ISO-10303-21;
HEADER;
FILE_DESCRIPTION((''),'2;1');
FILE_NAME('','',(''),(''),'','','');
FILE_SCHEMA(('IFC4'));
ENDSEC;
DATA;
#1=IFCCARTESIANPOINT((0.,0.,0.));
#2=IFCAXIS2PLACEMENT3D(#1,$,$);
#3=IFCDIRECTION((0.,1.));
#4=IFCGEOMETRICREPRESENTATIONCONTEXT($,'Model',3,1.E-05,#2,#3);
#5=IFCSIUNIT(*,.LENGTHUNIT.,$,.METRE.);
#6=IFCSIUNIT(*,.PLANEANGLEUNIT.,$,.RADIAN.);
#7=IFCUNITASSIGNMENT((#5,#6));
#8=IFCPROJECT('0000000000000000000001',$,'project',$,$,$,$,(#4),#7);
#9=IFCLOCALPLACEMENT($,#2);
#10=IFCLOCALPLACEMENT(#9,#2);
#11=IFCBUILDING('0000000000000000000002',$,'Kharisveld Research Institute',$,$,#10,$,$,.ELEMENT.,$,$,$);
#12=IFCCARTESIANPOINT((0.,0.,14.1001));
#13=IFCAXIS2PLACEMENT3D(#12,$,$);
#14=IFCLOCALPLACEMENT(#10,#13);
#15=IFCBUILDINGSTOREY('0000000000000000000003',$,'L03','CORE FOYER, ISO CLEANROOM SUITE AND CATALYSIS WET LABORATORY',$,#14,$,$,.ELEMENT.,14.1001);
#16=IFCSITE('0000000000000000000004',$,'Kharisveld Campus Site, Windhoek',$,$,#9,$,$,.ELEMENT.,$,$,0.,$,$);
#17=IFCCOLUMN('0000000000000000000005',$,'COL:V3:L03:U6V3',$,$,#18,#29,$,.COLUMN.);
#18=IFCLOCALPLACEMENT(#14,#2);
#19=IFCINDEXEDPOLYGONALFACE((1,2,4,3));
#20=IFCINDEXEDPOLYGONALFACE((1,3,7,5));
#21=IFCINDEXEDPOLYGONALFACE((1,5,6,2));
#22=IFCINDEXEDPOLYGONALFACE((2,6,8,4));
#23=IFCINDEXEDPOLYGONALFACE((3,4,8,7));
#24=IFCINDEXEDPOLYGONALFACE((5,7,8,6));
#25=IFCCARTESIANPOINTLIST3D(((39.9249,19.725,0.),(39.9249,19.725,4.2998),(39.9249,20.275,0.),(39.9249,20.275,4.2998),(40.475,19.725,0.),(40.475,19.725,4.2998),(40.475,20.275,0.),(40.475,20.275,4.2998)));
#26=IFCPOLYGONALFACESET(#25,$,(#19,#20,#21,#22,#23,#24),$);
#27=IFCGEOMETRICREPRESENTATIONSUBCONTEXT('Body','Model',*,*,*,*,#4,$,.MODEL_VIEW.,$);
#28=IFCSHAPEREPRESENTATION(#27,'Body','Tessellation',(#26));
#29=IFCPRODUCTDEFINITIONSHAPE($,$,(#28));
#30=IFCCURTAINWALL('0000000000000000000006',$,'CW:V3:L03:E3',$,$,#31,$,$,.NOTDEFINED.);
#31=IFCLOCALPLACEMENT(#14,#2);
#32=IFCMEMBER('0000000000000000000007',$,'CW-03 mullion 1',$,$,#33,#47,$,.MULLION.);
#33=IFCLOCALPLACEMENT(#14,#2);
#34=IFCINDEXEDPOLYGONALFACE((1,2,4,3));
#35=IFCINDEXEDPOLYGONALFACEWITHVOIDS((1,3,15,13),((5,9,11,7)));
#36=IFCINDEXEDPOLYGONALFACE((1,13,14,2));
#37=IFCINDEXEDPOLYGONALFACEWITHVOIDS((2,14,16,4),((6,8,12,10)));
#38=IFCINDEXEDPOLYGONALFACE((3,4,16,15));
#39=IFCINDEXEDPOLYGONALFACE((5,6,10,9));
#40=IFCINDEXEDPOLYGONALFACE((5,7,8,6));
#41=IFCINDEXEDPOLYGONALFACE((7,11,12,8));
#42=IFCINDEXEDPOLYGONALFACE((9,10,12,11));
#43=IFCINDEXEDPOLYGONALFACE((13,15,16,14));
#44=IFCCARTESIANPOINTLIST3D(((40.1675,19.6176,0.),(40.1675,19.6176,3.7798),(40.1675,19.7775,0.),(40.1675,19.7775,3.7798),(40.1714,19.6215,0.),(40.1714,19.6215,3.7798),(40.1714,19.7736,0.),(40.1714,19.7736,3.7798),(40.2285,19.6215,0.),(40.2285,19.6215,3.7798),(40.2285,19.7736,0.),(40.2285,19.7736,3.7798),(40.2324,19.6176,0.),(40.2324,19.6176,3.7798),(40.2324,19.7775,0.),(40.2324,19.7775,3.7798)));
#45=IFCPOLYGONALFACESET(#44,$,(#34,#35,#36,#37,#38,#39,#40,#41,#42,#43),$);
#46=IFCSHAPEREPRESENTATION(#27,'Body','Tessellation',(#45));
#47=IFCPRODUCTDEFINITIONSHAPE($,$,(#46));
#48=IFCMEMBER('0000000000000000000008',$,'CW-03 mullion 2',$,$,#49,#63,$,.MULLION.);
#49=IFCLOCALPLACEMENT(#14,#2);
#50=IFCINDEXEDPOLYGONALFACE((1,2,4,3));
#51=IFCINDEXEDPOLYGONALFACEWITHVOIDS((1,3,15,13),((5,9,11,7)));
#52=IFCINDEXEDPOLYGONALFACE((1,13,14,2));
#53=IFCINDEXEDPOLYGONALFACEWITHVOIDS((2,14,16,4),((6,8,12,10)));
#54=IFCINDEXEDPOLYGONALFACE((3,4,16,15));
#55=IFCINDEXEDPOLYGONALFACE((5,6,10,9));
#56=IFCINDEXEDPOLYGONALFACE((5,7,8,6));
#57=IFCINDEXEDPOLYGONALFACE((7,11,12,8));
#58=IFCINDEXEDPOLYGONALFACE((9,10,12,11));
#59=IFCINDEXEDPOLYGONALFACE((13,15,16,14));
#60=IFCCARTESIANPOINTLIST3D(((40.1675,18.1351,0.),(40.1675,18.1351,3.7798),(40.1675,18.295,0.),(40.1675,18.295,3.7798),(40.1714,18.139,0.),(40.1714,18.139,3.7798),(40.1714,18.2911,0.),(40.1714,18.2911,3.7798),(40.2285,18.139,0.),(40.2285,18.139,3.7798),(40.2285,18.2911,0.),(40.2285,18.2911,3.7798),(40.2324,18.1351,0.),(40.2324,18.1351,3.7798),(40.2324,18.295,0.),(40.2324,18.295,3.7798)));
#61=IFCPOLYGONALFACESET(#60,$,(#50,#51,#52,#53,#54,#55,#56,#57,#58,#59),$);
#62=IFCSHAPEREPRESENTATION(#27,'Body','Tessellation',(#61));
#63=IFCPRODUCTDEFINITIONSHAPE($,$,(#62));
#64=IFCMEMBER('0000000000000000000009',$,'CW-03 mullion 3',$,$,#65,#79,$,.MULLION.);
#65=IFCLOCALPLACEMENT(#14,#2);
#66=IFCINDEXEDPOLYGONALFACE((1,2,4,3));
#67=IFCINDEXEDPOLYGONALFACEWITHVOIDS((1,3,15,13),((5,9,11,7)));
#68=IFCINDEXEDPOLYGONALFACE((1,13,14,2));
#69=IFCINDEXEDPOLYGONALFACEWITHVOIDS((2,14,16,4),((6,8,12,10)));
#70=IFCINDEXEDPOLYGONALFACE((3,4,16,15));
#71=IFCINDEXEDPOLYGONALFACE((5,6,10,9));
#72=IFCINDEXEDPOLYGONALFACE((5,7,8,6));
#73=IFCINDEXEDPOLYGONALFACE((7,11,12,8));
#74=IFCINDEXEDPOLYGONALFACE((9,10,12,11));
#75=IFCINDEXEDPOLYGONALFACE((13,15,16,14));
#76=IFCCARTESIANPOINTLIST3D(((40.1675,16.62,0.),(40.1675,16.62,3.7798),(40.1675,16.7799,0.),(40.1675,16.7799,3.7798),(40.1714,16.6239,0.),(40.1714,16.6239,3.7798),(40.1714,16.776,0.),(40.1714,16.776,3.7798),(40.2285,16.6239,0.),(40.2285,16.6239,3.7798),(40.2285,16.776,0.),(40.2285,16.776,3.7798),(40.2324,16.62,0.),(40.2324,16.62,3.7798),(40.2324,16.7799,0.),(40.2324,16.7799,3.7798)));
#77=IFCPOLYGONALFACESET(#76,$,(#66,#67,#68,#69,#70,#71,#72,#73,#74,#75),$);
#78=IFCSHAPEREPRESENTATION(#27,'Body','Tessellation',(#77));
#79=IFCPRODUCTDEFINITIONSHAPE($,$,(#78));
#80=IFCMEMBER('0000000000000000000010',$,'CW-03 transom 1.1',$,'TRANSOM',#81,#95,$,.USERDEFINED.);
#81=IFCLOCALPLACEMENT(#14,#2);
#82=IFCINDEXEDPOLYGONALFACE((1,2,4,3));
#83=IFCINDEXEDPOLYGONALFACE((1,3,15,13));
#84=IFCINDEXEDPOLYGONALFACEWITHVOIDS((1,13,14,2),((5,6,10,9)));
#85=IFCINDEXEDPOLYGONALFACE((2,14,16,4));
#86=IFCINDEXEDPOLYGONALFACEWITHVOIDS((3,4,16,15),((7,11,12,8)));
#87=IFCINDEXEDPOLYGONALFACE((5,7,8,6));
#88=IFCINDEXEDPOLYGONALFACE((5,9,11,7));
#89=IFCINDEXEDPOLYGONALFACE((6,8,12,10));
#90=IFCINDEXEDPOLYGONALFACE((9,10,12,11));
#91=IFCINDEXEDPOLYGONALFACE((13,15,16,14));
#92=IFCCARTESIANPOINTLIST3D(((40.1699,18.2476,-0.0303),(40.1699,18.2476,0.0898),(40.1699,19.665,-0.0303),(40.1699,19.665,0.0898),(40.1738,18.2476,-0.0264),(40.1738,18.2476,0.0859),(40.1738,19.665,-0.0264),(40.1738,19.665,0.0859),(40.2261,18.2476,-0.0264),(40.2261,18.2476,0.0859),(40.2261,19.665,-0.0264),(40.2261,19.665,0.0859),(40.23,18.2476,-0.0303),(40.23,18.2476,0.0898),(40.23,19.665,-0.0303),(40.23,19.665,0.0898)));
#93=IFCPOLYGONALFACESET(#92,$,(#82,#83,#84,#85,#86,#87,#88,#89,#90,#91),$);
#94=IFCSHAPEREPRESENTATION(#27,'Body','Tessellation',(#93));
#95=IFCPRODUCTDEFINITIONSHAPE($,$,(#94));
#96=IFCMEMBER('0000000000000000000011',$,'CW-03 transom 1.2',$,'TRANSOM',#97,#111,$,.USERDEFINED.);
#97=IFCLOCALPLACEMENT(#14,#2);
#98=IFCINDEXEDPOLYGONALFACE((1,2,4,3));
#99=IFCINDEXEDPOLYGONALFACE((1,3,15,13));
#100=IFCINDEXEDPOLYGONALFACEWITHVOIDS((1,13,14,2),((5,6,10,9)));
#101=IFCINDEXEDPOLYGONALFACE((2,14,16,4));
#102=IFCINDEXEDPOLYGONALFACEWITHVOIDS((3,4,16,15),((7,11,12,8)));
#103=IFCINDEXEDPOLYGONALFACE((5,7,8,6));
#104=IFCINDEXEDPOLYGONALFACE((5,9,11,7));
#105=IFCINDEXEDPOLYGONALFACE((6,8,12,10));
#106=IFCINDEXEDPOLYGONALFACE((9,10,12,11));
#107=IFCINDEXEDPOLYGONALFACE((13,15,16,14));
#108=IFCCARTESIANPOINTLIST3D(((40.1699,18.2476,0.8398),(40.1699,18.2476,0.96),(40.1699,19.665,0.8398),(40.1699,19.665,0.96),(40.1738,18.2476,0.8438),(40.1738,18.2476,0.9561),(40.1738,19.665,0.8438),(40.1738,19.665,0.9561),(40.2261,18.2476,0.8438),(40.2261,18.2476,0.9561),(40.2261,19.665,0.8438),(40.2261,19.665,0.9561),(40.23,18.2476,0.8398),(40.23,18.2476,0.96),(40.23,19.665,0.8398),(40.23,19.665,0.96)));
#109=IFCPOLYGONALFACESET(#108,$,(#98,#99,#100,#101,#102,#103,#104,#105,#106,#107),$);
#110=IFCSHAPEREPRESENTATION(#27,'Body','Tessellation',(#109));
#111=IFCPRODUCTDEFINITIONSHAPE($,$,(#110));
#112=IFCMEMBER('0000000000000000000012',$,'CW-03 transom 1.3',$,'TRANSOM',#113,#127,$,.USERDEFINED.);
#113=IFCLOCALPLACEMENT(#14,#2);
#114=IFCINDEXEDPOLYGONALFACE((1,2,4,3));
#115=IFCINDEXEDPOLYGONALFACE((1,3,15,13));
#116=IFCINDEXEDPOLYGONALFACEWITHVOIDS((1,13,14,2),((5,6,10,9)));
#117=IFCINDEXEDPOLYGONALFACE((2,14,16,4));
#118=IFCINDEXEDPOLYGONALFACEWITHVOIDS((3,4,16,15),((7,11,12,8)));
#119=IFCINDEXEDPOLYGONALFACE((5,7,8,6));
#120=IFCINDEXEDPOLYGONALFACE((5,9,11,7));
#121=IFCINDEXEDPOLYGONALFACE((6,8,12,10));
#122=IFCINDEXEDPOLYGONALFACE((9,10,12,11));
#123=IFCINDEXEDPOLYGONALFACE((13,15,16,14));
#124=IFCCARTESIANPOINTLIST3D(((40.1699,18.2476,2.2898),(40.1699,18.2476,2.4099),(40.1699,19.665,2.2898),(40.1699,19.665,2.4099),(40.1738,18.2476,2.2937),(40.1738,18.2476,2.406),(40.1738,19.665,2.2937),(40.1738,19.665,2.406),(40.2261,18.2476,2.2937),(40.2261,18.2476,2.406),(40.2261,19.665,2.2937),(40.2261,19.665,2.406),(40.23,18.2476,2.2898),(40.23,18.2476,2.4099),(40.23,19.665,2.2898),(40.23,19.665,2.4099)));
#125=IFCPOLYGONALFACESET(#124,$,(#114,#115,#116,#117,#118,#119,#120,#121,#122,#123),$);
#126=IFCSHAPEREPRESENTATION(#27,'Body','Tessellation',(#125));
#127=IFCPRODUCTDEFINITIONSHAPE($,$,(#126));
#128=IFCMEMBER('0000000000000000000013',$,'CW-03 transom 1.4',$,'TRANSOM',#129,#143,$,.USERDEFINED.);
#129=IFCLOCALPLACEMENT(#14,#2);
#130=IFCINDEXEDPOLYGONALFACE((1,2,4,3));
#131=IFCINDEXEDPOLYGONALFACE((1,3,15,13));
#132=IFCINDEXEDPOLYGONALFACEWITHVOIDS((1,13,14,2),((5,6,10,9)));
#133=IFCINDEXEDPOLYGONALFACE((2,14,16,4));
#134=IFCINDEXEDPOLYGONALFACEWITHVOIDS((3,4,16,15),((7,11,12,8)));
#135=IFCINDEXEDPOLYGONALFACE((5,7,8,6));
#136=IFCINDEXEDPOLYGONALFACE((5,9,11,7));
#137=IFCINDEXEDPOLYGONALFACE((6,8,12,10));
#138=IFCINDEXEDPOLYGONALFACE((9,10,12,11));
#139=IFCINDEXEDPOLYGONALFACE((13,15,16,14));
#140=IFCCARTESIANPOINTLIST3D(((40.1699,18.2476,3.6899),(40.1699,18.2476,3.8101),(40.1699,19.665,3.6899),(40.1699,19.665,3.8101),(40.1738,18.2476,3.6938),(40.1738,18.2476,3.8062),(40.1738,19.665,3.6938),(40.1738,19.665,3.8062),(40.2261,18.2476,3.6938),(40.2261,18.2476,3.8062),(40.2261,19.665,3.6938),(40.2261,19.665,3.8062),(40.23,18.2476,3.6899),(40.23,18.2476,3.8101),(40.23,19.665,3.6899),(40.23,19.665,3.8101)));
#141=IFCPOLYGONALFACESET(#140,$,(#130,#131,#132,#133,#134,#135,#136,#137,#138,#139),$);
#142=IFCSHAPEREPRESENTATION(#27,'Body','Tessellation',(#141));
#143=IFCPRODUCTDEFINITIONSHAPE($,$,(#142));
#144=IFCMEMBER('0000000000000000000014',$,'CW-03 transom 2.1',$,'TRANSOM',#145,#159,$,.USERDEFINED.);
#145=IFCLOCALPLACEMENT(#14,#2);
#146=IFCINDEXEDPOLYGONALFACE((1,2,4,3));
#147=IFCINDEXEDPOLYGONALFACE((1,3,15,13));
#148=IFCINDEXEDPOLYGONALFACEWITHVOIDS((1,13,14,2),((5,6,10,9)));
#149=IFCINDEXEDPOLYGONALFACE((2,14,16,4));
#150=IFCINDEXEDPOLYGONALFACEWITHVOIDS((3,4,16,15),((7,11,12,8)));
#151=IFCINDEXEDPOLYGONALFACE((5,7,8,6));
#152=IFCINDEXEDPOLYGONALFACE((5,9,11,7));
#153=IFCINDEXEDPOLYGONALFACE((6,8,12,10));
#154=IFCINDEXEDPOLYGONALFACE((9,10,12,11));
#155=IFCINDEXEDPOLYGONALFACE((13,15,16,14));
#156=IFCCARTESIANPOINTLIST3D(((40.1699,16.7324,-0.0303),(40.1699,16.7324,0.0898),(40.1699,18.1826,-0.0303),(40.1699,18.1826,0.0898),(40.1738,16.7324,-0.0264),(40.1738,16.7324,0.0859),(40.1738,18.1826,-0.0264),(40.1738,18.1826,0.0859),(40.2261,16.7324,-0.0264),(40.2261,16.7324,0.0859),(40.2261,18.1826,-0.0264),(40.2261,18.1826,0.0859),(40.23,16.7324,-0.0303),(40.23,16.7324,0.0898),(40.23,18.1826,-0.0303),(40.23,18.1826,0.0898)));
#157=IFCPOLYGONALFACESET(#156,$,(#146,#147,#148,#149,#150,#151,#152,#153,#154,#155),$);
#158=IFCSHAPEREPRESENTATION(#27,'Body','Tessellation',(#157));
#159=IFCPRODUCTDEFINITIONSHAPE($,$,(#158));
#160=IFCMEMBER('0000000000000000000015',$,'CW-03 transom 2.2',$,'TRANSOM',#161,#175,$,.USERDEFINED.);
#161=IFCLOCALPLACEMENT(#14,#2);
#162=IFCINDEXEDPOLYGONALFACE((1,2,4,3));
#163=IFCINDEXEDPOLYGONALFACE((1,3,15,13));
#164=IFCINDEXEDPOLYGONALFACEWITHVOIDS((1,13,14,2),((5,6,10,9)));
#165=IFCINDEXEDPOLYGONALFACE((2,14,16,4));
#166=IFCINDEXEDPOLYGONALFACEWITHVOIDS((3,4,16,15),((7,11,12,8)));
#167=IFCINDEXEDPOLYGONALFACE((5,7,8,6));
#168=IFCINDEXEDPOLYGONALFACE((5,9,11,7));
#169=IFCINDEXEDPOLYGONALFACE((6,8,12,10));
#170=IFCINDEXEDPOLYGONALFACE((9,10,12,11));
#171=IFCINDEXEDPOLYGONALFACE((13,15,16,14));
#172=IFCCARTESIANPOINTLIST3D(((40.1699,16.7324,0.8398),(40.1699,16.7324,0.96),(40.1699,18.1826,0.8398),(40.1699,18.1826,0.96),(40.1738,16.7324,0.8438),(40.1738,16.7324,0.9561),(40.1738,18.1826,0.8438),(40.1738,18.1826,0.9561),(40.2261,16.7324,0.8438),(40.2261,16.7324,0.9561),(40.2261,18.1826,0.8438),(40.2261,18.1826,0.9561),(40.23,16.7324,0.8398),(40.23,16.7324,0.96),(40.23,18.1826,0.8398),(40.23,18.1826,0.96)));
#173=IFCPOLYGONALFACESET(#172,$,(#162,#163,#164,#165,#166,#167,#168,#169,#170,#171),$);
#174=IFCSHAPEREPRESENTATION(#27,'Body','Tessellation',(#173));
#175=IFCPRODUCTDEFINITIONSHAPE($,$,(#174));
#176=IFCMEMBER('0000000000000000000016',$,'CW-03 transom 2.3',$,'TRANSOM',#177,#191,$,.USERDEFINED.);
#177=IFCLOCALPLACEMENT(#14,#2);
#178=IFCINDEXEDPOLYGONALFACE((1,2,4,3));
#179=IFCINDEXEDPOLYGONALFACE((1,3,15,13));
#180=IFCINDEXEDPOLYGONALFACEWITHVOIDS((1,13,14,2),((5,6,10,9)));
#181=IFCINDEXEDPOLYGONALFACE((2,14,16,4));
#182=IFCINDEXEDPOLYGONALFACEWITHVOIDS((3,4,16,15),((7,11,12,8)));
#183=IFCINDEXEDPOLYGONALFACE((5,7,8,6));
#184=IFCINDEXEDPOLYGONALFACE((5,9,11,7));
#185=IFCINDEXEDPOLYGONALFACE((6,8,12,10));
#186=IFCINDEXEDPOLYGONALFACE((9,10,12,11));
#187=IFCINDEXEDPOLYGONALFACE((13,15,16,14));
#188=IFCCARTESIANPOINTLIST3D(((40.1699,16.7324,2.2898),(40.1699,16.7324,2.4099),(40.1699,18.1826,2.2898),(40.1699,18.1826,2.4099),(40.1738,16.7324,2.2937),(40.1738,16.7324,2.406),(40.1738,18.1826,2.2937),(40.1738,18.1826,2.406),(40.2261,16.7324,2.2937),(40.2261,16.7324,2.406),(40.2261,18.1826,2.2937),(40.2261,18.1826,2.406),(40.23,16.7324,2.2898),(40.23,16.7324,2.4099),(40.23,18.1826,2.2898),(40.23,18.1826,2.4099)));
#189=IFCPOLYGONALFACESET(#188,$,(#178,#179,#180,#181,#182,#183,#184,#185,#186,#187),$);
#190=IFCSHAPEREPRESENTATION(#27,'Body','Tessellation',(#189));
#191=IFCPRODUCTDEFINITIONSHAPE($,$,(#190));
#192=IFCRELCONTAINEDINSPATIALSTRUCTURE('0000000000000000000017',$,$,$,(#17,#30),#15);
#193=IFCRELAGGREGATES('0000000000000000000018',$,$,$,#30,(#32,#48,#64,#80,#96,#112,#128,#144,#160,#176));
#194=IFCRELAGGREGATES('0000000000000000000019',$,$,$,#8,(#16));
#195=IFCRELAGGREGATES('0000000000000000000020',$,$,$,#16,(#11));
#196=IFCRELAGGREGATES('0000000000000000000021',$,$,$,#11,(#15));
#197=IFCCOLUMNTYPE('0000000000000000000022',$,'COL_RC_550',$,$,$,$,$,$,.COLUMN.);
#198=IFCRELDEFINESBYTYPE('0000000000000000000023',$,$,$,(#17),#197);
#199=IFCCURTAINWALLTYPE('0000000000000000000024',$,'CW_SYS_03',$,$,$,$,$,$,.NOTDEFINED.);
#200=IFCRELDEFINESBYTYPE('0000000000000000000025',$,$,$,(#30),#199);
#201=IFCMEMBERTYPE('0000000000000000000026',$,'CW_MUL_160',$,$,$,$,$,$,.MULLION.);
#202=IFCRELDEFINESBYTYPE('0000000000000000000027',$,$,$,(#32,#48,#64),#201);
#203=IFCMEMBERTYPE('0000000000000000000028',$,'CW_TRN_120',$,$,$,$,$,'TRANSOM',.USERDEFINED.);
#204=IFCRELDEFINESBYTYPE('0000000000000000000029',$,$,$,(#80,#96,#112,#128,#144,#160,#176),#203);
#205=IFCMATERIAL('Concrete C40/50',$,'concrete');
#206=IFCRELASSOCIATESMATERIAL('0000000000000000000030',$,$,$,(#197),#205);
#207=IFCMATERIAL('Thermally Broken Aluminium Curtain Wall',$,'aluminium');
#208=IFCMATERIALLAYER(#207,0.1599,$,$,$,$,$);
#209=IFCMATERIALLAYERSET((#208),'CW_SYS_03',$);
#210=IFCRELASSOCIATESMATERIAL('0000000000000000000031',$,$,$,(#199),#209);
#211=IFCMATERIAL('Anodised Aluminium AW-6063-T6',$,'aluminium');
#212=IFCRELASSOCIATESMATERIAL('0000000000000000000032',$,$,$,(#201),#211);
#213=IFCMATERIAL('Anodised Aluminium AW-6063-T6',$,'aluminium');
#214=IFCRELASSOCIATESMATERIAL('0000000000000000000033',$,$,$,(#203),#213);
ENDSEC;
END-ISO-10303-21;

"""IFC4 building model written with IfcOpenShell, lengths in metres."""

from ifc_helpers import new_model, si_unit, direction, frame, origin, origin_2d, place, context, subcontext, project, spatial, rectangle, hollow_rectangle, extrude, material, layer, layer_set, material_profile, profile_set, type_object, element, aggregate, save


model = new_model("IFC4")

# Units and contexts
model_context = context("Model", 3, precision=1e-05, world=origin(), true_north=direction((0.0, 1.0)))
body_context = subcontext(model_context, "Body", "Model", "MODEL_VIEW")
ifc_project = project(units=[si_unit("LENGTHUNIT", "METRE"), si_unit("PLANEANGLEUNIT", "RADIAN")], contexts=[model_context])

# Site, building, storey
site_placement = place(None, origin())
site = spatial("IfcSite", under=ifc_project, at=site_placement, Name="Kharisveld Campus Site, Windhoek", CompositionType="ELEMENT", RefElevation=0.0)
building_placement = place(site_placement, origin())
building = spatial("IfcBuilding", under=site, at=building_placement, Name="Kharisveld Research Institute", CompositionType="ELEMENT")
storey_placement = place(building_placement, frame((0.0, 0.0, 14.1001)))
storey = spatial("IfcBuildingStorey", under=building, at=storey_placement, Name="L03", Description="CORE FOYER, ISO CLEANROOM SUITE AND CATALYSIS WET LABORATORY", CompositionType="ELEMENT", Elevation=14.1001)

# Column
ifc_material_1 = material(Name="Concrete C40/50", Category="concrete")
ifc_material_profile_1 = material_profile(ifc_material_1, rectangle(XDim=0.55, YDim=0.55, at=origin_2d()))
ifc_profile_set_1 = profile_set([ifc_material_profile_1], Name="Concrete C40/50")
column_type = type_object("IfcColumnType", Name="COL_RC_550", PredefinedType="COLUMN", material=ifc_profile_set_1)
column_placement = place(storey_placement, frame((40.2, 20.0, 0.0), z_axis=(0.0, 0.0, 1.0), x_axis=(1.0, 0.0, 0.0)))
element("IfcColumn", 1, at=column_placement, inside=storey, type_object=column_type, Name="COL:V3:L03:U6V3", PredefinedType="COLUMN", context=body_context, shape_type="SweptSolid", body=[
    extrude(rectangle(XDim=0.55, YDim=0.55, at=origin_2d()), origin(), (0.0, 0.0, 1.0), 4.2998),
])

# Curtain wall, members
ifc_material_2 = material(Name="Thermally Broken Aluminium Curtain Wall", Category="aluminium")
ifc_layer_1 = layer(ifc_material_2, 0.1599)
ifc_layer_set_1 = layer_set([ifc_layer_1], Name="CW_SYS_03")
curtain_wall_type = type_object("IfcCurtainWallType", Name="CW_SYS_03", PredefinedType="NOTDEFINED", material=ifc_layer_set_1)
curtain_wall_placement = place(storey_placement, origin())
curtain_wall = element("IfcCurtainWall", 2, at=curtain_wall_placement, inside=storey, type_object=curtain_wall_type, Name="CW:V3:L03:E3", PredefinedType="NOTDEFINED")
ifc_material_3 = material(Name="Anodised Aluminium AW-6063-T6", Category="aluminium")
ifc_material_profile_2 = material_profile(ifc_material_3, hollow_rectangle(XDim=0.0649, YDim=0.1599, WallThickness=0.0039, at=origin_2d()))
ifc_profile_set_2 = profile_set([ifc_material_profile_2], Name="Anodised Aluminium AW-6063-T6")
member_type_1 = type_object("IfcMemberType", Name="CW_MUL_160", PredefinedType="MULLION", material=ifc_profile_set_2)
member_1_placement = place(storey_placement, frame((40.2, 19.6975, 0.0), z_axis=(0.0, 0.0, 1.0), x_axis=(1.0, 0.0, 0.0)))
member_1 = element("IfcMember", 3, at=member_1_placement, type_object=member_type_1, Name="CW-03 mullion 1", PredefinedType="MULLION", context=body_context, shape_type="SweptSolid", body=[
    extrude(hollow_rectangle(XDim=0.0649, YDim=0.1599, WallThickness=0.0039, at=origin_2d()), origin(), (0.0, 0.0, 1.0), 3.7798),
])
member_2_placement = place(storey_placement, frame((40.2, 18.2151, 0.0), z_axis=(0.0, 0.0, 1.0), x_axis=(1.0, 0.0, 0.0)))
member_2 = element("IfcMember", 4, at=member_2_placement, type_object=member_type_1, Name="CW-03 mullion 2", PredefinedType="MULLION", context=body_context, shape_type="SweptSolid", body=[
    extrude(hollow_rectangle(XDim=0.0649, YDim=0.1599, WallThickness=0.0039, at=origin_2d()), origin(), (0.0, 0.0, 1.0), 3.7798),
])
member_3_placement = place(storey_placement, frame((40.2, 16.7, 0.0), z_axis=(0.0, 0.0, 1.0), x_axis=(1.0, 0.0, 0.0)))
member_3 = element("IfcMember", 5, at=member_3_placement, type_object=member_type_1, Name="CW-03 mullion 3", PredefinedType="MULLION", context=body_context, shape_type="SweptSolid", body=[
    extrude(hollow_rectangle(XDim=0.0649, YDim=0.1599, WallThickness=0.0039, at=origin_2d()), origin(), (0.0, 0.0, 1.0), 3.7798),
])
ifc_material_4 = material(Name="Anodised Aluminium AW-6063-T6", Category="aluminium")
ifc_material_profile_3 = material_profile(ifc_material_4, hollow_rectangle(XDim=0.0601, YDim=0.1201, WallThickness=0.0039, at=origin_2d()))
ifc_profile_set_3 = profile_set([ifc_material_profile_3], Name="Anodised Aluminium AW-6063-T6")
member_type_2 = type_object("IfcMemberType", Name="CW_TRN_120", ElementType="TRANSOM", PredefinedType="USERDEFINED", material=ifc_profile_set_3)
member_4_placement = place(storey_placement, frame((40.2, 19.665, 0.0298), z_axis=(0.0, -1.0, 0.0), x_axis=(1.0, 0.0, 0.0)))
member_4 = element("IfcMember", 6, at=member_4_placement, type_object=member_type_2, Name="CW-03 transom 1.1", ObjectType="TRANSOM", PredefinedType="USERDEFINED", context=body_context, shape_type="SweptSolid", body=[
    extrude(hollow_rectangle(XDim=0.0601, YDim=0.1201, WallThickness=0.0039, at=origin_2d()), origin(), (0.0, 0.0, 1.0), 1.4175),
])
member_5_placement = place(storey_placement, frame((40.2, 19.665, 0.8999), z_axis=(0.0, -1.0, 0.0), x_axis=(1.0, 0.0, 0.0)))
member_5 = element("IfcMember", 7, at=member_5_placement, type_object=member_type_2, Name="CW-03 transom 1.2", ObjectType="TRANSOM", PredefinedType="USERDEFINED", context=body_context, shape_type="SweptSolid", body=[
    extrude(hollow_rectangle(XDim=0.0601, YDim=0.1201, WallThickness=0.0039, at=origin_2d()), origin(), (0.0, 0.0, 1.0), 1.4175),
])
member_6_placement = place(storey_placement, frame((40.2, 19.665, 2.3499), z_axis=(0.0, -1.0, 0.0), x_axis=(1.0, 0.0, 0.0)))
member_6 = element("IfcMember", 8, at=member_6_placement, type_object=member_type_2, Name="CW-03 transom 1.3", ObjectType="TRANSOM", PredefinedType="USERDEFINED", context=body_context, shape_type="SweptSolid", body=[
    extrude(hollow_rectangle(XDim=0.0601, YDim=0.1201, WallThickness=0.0039, at=origin_2d()), origin(), (0.0, 0.0, 1.0), 1.4175),
])
member_7_placement = place(storey_placement, frame((40.2, 19.665, 3.75), z_axis=(0.0, -1.0, 0.0), x_axis=(1.0, 0.0, 0.0)))
member_7 = element("IfcMember", 9, at=member_7_placement, type_object=member_type_2, Name="CW-03 transom 1.4", ObjectType="TRANSOM", PredefinedType="USERDEFINED", context=body_context, shape_type="SweptSolid", body=[
    extrude(hollow_rectangle(XDim=0.0601, YDim=0.1201, WallThickness=0.0039, at=origin_2d()), origin(), (0.0, 0.0, 1.0), 1.4175),
])
member_8_placement = place(storey_placement, frame((40.2, 18.1826, 0.0298), z_axis=(0.0, -1.0, 0.0), x_axis=(1.0, 0.0, 0.0)))
member_8 = element("IfcMember", 10, at=member_8_placement, type_object=member_type_2, Name="CW-03 transom 2.1", ObjectType="TRANSOM", PredefinedType="USERDEFINED", context=body_context, shape_type="SweptSolid", body=[
    extrude(hollow_rectangle(XDim=0.0601, YDim=0.1201, WallThickness=0.0039, at=origin_2d()), origin(), (0.0, 0.0, 1.0), 1.4502),
])
member_9_placement = place(storey_placement, frame((40.2, 18.1826, 0.8999), z_axis=(0.0, -1.0, 0.0), x_axis=(1.0, 0.0, 0.0)))
member_9 = element("IfcMember", 11, at=member_9_placement, type_object=member_type_2, Name="CW-03 transom 2.2", ObjectType="TRANSOM", PredefinedType="USERDEFINED", context=body_context, shape_type="SweptSolid", body=[
    extrude(hollow_rectangle(XDim=0.0601, YDim=0.1201, WallThickness=0.0039, at=origin_2d()), origin(), (0.0, 0.0, 1.0), 1.4502),
])
member_10_placement = place(storey_placement, frame((40.2, 18.1826, 2.3499), z_axis=(0.0, -1.0, 0.0), x_axis=(1.0, 0.0, 0.0)))
member_10 = element("IfcMember", 12, at=member_10_placement, type_object=member_type_2, Name="CW-03 transom 2.3", ObjectType="TRANSOM", PredefinedType="USERDEFINED", context=body_context, shape_type="SweptSolid", body=[
    extrude(hollow_rectangle(XDim=0.0601, YDim=0.1201, WallThickness=0.0039, at=origin_2d()), origin(), (0.0, 0.0, 1.0), 1.4502),
])

aggregate(curtain_wall, [member_1, member_2, member_3, member_4, member_5, member_6, member_7, member_8, member_9, member_10])

save(model, "model.ifc")
